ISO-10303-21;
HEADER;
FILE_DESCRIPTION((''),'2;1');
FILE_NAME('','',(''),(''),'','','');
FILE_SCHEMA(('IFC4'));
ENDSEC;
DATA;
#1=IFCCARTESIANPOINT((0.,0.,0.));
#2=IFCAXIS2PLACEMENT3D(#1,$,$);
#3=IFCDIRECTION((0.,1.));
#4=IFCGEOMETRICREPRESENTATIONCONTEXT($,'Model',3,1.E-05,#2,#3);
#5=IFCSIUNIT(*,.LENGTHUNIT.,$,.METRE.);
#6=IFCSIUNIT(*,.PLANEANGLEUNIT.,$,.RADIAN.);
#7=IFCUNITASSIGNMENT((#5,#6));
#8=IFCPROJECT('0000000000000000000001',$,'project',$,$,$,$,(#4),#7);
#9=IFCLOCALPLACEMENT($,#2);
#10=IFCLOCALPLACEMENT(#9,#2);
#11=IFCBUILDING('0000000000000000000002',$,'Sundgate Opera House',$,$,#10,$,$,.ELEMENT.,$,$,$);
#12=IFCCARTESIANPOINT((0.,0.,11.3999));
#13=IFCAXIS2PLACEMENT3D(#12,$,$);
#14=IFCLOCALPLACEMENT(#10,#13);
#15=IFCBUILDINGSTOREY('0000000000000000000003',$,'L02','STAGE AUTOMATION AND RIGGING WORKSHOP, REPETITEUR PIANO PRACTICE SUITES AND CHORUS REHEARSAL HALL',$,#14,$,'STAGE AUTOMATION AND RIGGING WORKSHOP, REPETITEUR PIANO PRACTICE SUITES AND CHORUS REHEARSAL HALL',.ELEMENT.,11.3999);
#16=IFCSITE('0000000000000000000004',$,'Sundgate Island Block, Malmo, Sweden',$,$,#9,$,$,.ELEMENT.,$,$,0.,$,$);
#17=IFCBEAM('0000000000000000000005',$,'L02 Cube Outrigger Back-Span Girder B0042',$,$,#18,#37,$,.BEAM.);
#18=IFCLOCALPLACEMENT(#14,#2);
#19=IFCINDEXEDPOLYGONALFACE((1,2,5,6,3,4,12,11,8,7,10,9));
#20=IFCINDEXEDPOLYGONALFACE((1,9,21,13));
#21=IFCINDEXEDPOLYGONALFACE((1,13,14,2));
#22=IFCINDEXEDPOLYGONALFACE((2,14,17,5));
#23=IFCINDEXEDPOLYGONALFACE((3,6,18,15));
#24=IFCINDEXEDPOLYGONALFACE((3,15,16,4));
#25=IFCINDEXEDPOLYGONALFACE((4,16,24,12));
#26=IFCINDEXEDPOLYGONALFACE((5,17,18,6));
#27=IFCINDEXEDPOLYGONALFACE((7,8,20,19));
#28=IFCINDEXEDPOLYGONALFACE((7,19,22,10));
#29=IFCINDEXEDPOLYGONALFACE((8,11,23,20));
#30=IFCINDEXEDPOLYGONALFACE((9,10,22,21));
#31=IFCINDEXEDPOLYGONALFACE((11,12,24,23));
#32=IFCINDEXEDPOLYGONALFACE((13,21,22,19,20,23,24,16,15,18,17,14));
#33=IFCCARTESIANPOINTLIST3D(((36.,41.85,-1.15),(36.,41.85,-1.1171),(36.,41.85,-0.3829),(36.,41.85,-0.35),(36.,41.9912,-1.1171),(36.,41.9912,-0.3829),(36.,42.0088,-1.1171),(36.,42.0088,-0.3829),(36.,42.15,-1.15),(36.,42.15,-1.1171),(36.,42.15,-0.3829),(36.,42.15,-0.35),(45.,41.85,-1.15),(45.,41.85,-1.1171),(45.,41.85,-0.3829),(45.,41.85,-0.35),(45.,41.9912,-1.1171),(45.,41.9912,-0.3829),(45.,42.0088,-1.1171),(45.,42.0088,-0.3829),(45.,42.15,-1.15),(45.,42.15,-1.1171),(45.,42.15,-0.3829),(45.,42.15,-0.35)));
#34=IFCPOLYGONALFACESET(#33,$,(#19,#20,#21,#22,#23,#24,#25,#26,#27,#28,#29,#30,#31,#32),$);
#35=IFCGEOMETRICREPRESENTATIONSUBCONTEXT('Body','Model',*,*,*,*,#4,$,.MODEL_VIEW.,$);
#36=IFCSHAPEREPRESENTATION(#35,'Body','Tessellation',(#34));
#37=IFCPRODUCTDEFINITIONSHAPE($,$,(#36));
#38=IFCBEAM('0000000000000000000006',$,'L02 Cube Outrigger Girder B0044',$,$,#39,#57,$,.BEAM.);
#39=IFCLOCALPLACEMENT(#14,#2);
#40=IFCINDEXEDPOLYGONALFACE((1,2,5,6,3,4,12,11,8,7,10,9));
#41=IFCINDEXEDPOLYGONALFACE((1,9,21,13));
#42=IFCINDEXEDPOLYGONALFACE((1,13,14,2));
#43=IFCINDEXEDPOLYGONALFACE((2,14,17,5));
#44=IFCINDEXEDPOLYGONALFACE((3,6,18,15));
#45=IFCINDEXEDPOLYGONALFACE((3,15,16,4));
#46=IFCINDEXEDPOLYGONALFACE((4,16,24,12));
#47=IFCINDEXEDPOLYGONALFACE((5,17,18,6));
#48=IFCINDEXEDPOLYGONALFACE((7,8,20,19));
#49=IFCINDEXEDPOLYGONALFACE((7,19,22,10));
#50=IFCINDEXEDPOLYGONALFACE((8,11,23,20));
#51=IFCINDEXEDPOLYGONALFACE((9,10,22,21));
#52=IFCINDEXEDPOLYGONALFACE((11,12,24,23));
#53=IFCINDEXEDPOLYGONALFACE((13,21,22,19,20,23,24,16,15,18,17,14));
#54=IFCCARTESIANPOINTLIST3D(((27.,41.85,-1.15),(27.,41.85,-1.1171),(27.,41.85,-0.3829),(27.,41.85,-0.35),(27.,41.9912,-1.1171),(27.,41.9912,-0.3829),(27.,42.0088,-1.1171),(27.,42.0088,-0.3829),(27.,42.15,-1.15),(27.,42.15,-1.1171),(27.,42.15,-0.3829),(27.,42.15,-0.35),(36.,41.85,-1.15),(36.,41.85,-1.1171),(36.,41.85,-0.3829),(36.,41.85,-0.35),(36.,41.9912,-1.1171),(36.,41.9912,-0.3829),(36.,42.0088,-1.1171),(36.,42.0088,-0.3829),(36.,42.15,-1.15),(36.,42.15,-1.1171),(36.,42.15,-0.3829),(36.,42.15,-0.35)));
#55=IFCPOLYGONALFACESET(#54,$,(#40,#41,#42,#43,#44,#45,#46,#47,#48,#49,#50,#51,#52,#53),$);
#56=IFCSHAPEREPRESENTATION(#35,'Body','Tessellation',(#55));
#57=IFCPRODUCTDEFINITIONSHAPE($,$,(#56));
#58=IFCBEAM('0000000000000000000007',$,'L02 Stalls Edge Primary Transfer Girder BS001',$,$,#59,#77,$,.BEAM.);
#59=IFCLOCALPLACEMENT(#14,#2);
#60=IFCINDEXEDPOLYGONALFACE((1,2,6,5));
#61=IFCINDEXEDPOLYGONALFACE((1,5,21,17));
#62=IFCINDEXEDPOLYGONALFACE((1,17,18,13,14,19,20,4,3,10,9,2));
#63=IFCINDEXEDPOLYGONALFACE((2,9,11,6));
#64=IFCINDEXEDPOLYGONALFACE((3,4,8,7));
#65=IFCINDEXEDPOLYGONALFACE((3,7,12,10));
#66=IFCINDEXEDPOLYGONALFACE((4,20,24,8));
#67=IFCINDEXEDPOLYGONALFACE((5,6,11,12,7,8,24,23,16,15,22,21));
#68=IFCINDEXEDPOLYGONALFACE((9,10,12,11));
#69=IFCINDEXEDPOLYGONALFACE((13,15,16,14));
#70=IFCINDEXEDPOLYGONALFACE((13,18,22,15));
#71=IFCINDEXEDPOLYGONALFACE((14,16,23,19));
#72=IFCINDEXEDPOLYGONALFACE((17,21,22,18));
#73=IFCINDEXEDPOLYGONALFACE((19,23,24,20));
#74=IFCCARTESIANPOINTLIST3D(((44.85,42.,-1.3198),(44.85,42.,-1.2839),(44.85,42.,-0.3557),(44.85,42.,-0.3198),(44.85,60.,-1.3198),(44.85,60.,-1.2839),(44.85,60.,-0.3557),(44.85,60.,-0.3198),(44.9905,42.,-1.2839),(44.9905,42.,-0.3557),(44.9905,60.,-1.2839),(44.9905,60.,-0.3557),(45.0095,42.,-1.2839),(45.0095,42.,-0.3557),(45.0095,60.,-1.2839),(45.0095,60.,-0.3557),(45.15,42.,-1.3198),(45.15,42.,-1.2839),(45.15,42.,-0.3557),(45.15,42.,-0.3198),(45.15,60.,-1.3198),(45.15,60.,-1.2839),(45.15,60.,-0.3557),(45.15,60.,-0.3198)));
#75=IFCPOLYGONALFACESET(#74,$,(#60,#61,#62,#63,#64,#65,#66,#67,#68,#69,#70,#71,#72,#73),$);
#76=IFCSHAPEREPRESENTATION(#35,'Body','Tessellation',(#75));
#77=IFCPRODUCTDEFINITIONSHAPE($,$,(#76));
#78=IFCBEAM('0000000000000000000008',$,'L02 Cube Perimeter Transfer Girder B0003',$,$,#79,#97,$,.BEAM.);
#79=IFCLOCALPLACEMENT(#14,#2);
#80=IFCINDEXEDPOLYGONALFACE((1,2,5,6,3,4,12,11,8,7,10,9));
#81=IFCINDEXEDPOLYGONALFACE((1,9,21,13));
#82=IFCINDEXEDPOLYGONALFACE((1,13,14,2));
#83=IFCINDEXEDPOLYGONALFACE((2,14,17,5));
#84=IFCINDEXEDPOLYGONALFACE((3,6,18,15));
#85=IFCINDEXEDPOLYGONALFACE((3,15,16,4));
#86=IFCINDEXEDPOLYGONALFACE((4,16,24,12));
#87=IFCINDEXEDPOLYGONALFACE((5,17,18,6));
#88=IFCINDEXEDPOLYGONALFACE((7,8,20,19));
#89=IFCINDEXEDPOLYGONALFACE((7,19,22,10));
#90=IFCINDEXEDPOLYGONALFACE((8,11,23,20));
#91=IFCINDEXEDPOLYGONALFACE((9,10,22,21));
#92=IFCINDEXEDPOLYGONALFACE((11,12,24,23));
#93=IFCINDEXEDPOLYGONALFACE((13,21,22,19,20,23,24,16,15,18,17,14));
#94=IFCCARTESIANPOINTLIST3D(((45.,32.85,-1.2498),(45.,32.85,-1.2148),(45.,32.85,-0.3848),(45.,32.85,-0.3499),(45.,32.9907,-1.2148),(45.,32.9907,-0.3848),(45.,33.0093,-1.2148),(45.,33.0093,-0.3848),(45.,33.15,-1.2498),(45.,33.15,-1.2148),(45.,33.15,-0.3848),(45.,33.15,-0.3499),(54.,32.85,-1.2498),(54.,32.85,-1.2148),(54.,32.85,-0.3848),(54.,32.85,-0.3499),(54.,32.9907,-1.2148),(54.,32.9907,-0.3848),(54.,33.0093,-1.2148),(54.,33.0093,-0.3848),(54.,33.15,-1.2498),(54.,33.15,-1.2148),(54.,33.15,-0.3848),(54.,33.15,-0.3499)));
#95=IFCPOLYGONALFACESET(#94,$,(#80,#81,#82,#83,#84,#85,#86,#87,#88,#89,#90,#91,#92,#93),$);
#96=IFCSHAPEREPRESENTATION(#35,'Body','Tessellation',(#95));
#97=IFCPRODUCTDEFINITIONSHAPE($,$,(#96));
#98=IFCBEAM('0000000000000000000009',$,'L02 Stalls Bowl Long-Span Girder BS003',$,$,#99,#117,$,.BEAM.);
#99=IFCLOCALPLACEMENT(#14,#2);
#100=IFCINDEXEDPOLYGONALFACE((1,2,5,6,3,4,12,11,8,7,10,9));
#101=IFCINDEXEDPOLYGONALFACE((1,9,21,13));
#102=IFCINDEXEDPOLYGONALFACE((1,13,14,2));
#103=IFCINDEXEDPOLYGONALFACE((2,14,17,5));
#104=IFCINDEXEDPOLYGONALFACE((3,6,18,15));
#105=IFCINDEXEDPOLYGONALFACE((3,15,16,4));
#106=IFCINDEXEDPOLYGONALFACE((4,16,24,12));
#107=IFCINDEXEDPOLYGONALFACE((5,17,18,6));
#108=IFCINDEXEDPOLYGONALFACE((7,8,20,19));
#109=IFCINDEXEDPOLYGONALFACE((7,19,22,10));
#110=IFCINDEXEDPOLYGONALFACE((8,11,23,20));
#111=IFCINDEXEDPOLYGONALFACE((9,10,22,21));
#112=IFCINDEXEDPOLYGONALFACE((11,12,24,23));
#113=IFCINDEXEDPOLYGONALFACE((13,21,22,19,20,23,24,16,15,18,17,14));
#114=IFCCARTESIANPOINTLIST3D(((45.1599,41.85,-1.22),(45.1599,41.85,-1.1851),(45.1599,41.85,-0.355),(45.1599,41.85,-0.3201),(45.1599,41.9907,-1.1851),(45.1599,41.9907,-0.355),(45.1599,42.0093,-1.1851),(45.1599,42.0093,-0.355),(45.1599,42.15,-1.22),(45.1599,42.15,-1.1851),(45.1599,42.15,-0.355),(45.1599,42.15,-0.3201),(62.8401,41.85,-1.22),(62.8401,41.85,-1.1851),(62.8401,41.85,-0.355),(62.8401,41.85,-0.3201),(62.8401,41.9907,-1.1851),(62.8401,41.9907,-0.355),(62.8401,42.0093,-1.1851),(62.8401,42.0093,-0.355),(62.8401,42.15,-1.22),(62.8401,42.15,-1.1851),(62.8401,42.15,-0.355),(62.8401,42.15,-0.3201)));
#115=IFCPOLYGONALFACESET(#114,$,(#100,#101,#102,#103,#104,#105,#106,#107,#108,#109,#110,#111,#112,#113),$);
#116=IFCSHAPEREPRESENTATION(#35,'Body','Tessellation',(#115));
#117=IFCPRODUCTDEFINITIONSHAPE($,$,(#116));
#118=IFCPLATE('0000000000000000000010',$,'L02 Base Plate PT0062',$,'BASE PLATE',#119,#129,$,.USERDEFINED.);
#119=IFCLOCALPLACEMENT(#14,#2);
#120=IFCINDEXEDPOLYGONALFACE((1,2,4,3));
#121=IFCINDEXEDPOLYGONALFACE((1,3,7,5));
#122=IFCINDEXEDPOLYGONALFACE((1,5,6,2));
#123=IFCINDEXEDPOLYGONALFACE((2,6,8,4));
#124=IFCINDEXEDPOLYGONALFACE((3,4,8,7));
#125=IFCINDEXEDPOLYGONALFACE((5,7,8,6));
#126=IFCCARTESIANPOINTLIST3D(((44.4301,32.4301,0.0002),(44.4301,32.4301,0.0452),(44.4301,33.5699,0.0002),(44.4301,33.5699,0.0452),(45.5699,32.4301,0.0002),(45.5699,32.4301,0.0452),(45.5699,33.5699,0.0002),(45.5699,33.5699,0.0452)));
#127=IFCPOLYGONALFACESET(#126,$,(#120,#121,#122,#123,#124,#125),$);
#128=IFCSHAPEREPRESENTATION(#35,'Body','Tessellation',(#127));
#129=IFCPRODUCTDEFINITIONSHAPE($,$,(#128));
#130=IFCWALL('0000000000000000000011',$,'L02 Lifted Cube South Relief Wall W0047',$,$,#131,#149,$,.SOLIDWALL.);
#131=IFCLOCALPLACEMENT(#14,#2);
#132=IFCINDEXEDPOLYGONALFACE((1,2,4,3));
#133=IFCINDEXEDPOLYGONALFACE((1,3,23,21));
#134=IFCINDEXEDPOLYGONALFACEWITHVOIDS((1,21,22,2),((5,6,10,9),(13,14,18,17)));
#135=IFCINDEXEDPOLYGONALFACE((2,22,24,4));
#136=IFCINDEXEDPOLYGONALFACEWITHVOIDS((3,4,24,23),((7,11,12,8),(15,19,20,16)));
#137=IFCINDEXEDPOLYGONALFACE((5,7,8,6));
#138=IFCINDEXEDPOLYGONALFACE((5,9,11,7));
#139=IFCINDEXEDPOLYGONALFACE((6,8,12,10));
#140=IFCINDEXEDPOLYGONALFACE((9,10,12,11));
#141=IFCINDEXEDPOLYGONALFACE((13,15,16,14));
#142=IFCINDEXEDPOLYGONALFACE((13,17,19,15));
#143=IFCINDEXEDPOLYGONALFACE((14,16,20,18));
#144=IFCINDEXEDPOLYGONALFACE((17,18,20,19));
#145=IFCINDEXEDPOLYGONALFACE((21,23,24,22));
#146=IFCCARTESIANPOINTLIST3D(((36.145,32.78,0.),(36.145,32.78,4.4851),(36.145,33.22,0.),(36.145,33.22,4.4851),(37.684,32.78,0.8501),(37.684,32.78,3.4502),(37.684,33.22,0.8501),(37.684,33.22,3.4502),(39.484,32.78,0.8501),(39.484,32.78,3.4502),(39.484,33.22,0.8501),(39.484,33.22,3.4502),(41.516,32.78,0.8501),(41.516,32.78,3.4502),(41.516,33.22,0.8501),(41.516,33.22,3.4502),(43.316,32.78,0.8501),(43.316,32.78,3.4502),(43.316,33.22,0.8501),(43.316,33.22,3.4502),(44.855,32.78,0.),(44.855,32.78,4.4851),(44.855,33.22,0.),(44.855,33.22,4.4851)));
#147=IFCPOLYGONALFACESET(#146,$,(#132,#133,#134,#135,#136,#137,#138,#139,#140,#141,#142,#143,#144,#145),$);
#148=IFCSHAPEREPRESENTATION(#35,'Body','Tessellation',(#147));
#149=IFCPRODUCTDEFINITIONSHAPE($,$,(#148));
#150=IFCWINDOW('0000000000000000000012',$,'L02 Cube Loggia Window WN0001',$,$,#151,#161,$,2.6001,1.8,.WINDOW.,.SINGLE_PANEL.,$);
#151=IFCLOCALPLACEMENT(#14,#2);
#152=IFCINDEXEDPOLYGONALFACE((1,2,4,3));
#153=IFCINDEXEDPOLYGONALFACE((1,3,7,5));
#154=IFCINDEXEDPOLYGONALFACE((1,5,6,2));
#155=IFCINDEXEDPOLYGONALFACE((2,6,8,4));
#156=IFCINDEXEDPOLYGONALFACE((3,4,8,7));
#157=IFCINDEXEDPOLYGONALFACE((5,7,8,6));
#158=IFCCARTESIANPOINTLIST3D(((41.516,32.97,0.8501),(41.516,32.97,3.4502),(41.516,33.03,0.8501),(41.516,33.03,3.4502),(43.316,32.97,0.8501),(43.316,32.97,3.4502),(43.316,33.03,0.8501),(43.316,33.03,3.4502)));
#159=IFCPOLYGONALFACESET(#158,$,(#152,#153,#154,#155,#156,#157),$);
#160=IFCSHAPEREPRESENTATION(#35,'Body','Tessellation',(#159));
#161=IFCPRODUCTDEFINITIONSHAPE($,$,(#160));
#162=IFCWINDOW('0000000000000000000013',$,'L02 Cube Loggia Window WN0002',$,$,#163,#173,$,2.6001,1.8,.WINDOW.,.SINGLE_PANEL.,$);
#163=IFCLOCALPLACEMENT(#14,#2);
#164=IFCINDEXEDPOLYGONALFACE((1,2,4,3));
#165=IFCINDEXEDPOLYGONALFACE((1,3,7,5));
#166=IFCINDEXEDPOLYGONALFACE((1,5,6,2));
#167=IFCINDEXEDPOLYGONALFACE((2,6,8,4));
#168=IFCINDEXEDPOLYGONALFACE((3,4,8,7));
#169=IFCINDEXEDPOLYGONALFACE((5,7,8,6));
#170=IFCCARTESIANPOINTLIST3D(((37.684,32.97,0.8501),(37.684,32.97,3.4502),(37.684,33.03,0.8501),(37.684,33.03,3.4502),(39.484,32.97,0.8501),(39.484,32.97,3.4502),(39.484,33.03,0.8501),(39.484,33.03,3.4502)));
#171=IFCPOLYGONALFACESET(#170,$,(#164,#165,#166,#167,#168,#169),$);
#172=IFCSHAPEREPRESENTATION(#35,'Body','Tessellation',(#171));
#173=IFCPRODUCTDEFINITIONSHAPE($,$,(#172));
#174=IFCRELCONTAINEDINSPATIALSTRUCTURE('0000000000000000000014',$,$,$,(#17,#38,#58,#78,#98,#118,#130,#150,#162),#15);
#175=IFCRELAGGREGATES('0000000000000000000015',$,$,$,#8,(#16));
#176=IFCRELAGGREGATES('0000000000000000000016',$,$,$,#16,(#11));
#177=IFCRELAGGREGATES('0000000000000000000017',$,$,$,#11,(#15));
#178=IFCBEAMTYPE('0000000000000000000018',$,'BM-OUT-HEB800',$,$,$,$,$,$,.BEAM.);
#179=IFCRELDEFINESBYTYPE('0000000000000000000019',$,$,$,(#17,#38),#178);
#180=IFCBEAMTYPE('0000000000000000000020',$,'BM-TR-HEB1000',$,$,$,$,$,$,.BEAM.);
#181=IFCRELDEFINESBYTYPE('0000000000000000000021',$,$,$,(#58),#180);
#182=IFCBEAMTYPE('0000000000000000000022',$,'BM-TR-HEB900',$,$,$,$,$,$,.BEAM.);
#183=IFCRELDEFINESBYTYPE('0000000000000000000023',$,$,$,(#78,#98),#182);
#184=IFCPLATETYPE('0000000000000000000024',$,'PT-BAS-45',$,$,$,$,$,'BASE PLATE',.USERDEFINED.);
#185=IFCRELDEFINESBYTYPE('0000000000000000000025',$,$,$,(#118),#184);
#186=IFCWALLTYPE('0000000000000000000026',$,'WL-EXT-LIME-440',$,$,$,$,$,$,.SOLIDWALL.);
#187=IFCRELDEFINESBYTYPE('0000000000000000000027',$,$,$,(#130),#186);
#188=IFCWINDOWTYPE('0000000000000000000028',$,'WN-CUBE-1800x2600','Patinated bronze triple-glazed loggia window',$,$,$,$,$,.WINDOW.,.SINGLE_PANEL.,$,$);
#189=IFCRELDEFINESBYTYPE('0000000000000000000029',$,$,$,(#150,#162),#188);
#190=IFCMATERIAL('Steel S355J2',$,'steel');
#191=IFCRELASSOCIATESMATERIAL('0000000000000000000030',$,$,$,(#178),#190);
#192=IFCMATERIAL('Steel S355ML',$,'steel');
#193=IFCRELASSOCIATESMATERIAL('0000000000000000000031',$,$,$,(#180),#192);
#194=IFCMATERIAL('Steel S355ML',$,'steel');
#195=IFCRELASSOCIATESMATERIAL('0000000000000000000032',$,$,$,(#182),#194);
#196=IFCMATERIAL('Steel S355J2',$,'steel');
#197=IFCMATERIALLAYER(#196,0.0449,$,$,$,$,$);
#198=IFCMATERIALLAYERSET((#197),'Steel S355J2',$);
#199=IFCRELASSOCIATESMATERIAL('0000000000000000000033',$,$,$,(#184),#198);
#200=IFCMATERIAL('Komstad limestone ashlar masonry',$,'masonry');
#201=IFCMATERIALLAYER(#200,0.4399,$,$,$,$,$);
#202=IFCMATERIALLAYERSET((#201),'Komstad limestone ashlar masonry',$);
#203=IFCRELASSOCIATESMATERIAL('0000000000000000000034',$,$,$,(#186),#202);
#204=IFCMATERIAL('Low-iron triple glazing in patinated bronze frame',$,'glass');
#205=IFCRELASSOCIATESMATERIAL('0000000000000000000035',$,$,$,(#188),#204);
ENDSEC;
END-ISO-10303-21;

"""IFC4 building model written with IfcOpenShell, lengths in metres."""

from ifc_helpers import new_model, si_unit, direction, frame, frame_2d, origin, origin_2d, place, context, subcontext, project, spatial, rectangle, i_section, extrude, material, layer, layer_set, material_profile, profile_set, type_object, element, fill, save


model = new_model("IFC4")

# Units and contexts
model_context = context("Model", 3, precision=1e-05, world=origin(), true_north=direction((0.0, 1.0)))
body_context = subcontext(model_context, "Body", "Model", "MODEL_VIEW")
ifc_project = project(units=[si_unit("LENGTHUNIT", "METRE"), si_unit("PLANEANGLEUNIT", "RADIAN")], contexts=[model_context])

# Site, building, storey
site_placement = place(None, origin())
site = spatial("IfcSite", under=ifc_project, at=site_placement, Name="Sundgate Island Block, Malmo, Sweden", CompositionType="ELEMENT", RefElevation=0.0)
building_placement = place(site_placement, origin())
building = spatial("IfcBuilding", under=site, at=building_placement, Name="Sundgate Opera House", CompositionType="ELEMENT")
storey_placement = place(building_placement, frame((0.0, 0.0, 11.3999)))
storey = spatial("IfcBuildingStorey", under=building, at=storey_placement, Name="L02", Description="STAGE AUTOMATION AND RIGGING WORKSHOP, REPETITEUR PIANO PRACTICE SUITES AND CHORUS REHEARSAL HALL", LongName="STAGE AUTOMATION AND RIGGING WORKSHOP, REPETITEUR PIANO PRACTICE SUITES AND CHORUS REHEARSAL HALL", CompositionType="ELEMENT", Elevation=11.3999)

# Beams
ifc_material_1 = material(Name="Steel S355J2", Category="steel")
ifc_material_profile_1 = material_profile(ifc_material_1, i_section(OverallWidth=0.3, OverallDepth=0.8, WebThickness=0.0176, FlangeThickness=0.033, at=origin_2d()), Name="HEB 800")
ifc_profile_set_1 = profile_set([ifc_material_profile_1], Name="Steel S355J2")
beam_type_1 = type_object("IfcBeamType", Name="BM-OUT-HEB800", PredefinedType="BEAM", material=ifc_profile_set_1)
for number, where, z_axis, x_axis, name in (
    (1, (45.0, 42.0, -0.75), (-1.0, 0.0, 0.0), (0.0, -1.0, 0.0), "L02 Cube Outrigger Back-Span Girder B0042"),
    (2, (36.0, 42.0, -0.75), (-1.0, 0.0, 0.0), (0.0, -1.0, 0.0), "L02 Cube Outrigger Girder B0044"),
):
    element("IfcBeam", number, at=place(storey_placement, frame(where, z_axis=z_axis, x_axis=x_axis)), inside=storey, type_object=beam_type_1, Name=name, PredefinedType="BEAM", context=body_context, shape_type="SweptSolid", body=[
        extrude(i_section(OverallWidth=0.3, OverallDepth=0.8, WebThickness=0.0176, FlangeThickness=0.033, at=origin_2d()), origin(), (0.0, 0.0, 1.0), 9.0),
    ])
ifc_material_2 = material(Name="Steel S355ML", Category="steel")
ifc_material_profile_2 = material_profile(ifc_material_2, i_section(OverallWidth=0.3, OverallDepth=1.0, WebThickness=0.019, FlangeThickness=0.0359, at=origin_2d()), Name="HEB 1000")
ifc_profile_set_2 = profile_set([ifc_material_profile_2], Name="Steel S355ML")
beam_type_2 = type_object("IfcBeamType", Name="BM-TR-HEB1000", PredefinedType="BEAM", material=ifc_profile_set_2)
beam_1_placement = place(storey_placement, frame((45.0, 42.0, -0.8198), z_axis=(0.0, 1.0, 0.0), x_axis=(-1.0, 0.0, 0.0)))
element("IfcBeam", 3, at=beam_1_placement, inside=storey, type_object=beam_type_2, Name="L02 Stalls Edge Primary Transfer Girder BS001", PredefinedType="BEAM", context=body_context, shape_type="SweptSolid", body=[
    extrude(i_section(OverallWidth=0.3, OverallDepth=1.0, WebThickness=0.019, FlangeThickness=0.0359, at=origin_2d()), origin(), (0.0, 0.0, 1.0), 18.0),
])
ifc_material_3 = material(Name="Steel S355ML", Category="steel")
ifc_material_profile_3 = material_profile(ifc_material_3, i_section(OverallWidth=0.3, OverallDepth=0.8999, WebThickness=0.0186, FlangeThickness=0.0349, at=origin_2d()), Name="HEB 900")
ifc_profile_set_3 = profile_set([ifc_material_profile_3], Name="Steel S355ML")
beam_type_3 = type_object("IfcBeamType", Name="BM-TR-HEB900", PredefinedType="BEAM", material=ifc_profile_set_3)
beam_2_placement = place(storey_placement, frame((45.0, 33.0, -0.7998), z_axis=(1.0, 0.0, 0.0), x_axis=(0.0, 1.0, 0.0)))
element("IfcBeam", 4, at=beam_2_placement, inside=storey, type_object=beam_type_3, Name="L02 Cube Perimeter Transfer Girder B0003", PredefinedType="BEAM", context=body_context, shape_type="SweptSolid", body=[
    extrude(i_section(OverallWidth=0.3, OverallDepth=0.8999, WebThickness=0.0186, FlangeThickness=0.0349, at=origin_2d()), origin(), (0.0, 0.0, 1.0), 9.0),
])
beam_3_placement = place(storey_placement, frame((45.1599, 42.0, -0.77), z_axis=(1.0, 0.0, 0.0), x_axis=(0.0, 1.0, 0.0)))
element("IfcBeam", 5, at=beam_3_placement, inside=storey, type_object=beam_type_3, Name="L02 Stalls Bowl Long-Span Girder BS003", PredefinedType="BEAM", context=body_context, shape_type="SweptSolid", body=[
    extrude(i_section(OverallWidth=0.3, OverallDepth=0.8999, WebThickness=0.0186, FlangeThickness=0.0349, at=origin_2d()), origin(), (0.0, 0.0, 1.0), 17.6802),
])

# Plate
ifc_material_4 = material(Name="Steel S355J2", Category="steel")
ifc_layer_1 = layer(ifc_material_4, 0.0449)
ifc_layer_set_1 = layer_set([ifc_layer_1], Name="Steel S355J2")
plate_type = type_object("IfcPlateType", Name="PT-BAS-45", ElementType="BASE PLATE", PredefinedType="USERDEFINED", material=ifc_layer_set_1)
plate_placement = place(storey_placement, frame((45.0, 33.0, 0.0002), z_axis=(0.0, 0.0, 1.0), x_axis=(1.0, 0.0, 0.0)))
element("IfcPlate", 6, at=plate_placement, inside=storey, type_object=plate_type, Name="L02 Base Plate PT0062", ObjectType="BASE PLATE", PredefinedType="USERDEFINED", context=body_context, shape_type="SweptSolid", body=[
    extrude(rectangle(XDim=1.1399, YDim=1.1399, at=origin_2d()), origin(), (0.0, 0.0, 1.0), 0.0449),
])

# Wall, openings, windows
ifc_material_5 = material(Name="Komstad limestone ashlar masonry", Category="masonry")
ifc_layer_2 = layer(ifc_material_5, 0.4399)
ifc_layer_set_2 = layer_set([ifc_layer_2], Name="Komstad limestone ashlar masonry")
wall_type = type_object("IfcWallType", Name="WL-EXT-LIME-440", PredefinedType="SOLIDWALL", material=ifc_layer_set_2)
wall_placement = place(storey_placement, frame((44.855, 33.0, 0.0), z_axis=(0.0, 0.0, 1.0), x_axis=(-1.0, 0.0, 0.0)))
wall = element("IfcWall", 7, at=wall_placement, inside=storey, type_object=wall_type, Name="L02 Lifted Cube South Relief Wall W0047", PredefinedType="SOLIDWALL", context=body_context, shape_type="SweptSolid", body=[
    extrude(rectangle(XDim=8.71, YDim=0.4399, at=frame_2d((4.355, 0.0))), origin(), (0.0, 0.0, 1.0), 4.4851),
])
opening_1_placement = place(wall_placement, frame((1.5391, 0.0, 0.8501)))
opening_1 = element("IfcOpeningElement", 8, at=opening_1_placement, cuts=wall, PredefinedType="OPENING", context=body_context, shape_type="SweptSolid", body=[
    extrude(rectangle(XDim=1.8, YDim=2.6001, at=frame_2d((0.8999, 1.3))), frame((0.0, 0.23, 0.0), z_axis=(0.0, -1.0, 0.0), x_axis=(1.0, 0.0, 0.0)), (0.0, 0.0, 1.0), 0.46),
])
opening_2_placement = place(wall_placement, frame((5.3711, 0.0, 0.8501)))
opening_2 = element("IfcOpeningElement", 9, at=opening_2_placement, cuts=wall, PredefinedType="OPENING", context=body_context, shape_type="SweptSolid", body=[
    extrude(rectangle(XDim=1.8, YDim=2.6001, at=frame_2d((0.8999, 1.3))), frame((0.0, 0.23, 0.0), z_axis=(0.0, -1.0, 0.0), x_axis=(1.0, 0.0, 0.0)), (0.0, 0.0, 1.0), 0.46),
])
ifc_material_6 = material(Name="Low-iron triple glazing in patinated bronze frame", Category="glass")
window_type = type_object("IfcWindowType", Name="WN-CUBE-1800x2600", Description="Patinated bronze triple-glazed loggia window", PartitioningType="SINGLE_PANEL", PredefinedType="WINDOW", material=ifc_material_6)
window_1_placement = place(opening_1_placement, origin())
window_1 = element("IfcWindow", 10, at=window_1_placement, inside=storey, type_object=window_type, Name="L02 Cube Loggia Window WN0001", OverallHeight=2.6001, OverallWidth=1.8, PartitioningType="SINGLE_PANEL", PredefinedType="WINDOW", context=body_context, shape_type="SweptSolid", body=[
    extrude(rectangle(XDim=1.8, YDim=2.6001, at=frame_2d((0.8999, 1.3))), frame((0.0, 0.03, 0.0), z_axis=(0.0, -1.0, 0.0), x_axis=(1.0, 0.0, 0.0)), (0.0, 0.0, 1.0), 0.0601),
])
fill(opening_1, window_1)
window_2_placement = place(opening_2_placement, origin())
window_2 = element("IfcWindow", 11, at=window_2_placement, inside=storey, type_object=window_type, Name="L02 Cube Loggia Window WN0002", OverallHeight=2.6001, OverallWidth=1.8, PartitioningType="SINGLE_PANEL", PredefinedType="WINDOW", context=body_context, shape_type="SweptSolid", body=[
    extrude(rectangle(XDim=1.8, YDim=2.6001, at=frame_2d((0.8999, 1.3))), frame((0.0, 0.03, 0.0), z_axis=(0.0, -1.0, 0.0), x_axis=(1.0, 0.0, 0.0)), (0.0, 0.0, 1.0), 0.0601),
])
fill(opening_2, window_2)

save(model, "model.ifc")
